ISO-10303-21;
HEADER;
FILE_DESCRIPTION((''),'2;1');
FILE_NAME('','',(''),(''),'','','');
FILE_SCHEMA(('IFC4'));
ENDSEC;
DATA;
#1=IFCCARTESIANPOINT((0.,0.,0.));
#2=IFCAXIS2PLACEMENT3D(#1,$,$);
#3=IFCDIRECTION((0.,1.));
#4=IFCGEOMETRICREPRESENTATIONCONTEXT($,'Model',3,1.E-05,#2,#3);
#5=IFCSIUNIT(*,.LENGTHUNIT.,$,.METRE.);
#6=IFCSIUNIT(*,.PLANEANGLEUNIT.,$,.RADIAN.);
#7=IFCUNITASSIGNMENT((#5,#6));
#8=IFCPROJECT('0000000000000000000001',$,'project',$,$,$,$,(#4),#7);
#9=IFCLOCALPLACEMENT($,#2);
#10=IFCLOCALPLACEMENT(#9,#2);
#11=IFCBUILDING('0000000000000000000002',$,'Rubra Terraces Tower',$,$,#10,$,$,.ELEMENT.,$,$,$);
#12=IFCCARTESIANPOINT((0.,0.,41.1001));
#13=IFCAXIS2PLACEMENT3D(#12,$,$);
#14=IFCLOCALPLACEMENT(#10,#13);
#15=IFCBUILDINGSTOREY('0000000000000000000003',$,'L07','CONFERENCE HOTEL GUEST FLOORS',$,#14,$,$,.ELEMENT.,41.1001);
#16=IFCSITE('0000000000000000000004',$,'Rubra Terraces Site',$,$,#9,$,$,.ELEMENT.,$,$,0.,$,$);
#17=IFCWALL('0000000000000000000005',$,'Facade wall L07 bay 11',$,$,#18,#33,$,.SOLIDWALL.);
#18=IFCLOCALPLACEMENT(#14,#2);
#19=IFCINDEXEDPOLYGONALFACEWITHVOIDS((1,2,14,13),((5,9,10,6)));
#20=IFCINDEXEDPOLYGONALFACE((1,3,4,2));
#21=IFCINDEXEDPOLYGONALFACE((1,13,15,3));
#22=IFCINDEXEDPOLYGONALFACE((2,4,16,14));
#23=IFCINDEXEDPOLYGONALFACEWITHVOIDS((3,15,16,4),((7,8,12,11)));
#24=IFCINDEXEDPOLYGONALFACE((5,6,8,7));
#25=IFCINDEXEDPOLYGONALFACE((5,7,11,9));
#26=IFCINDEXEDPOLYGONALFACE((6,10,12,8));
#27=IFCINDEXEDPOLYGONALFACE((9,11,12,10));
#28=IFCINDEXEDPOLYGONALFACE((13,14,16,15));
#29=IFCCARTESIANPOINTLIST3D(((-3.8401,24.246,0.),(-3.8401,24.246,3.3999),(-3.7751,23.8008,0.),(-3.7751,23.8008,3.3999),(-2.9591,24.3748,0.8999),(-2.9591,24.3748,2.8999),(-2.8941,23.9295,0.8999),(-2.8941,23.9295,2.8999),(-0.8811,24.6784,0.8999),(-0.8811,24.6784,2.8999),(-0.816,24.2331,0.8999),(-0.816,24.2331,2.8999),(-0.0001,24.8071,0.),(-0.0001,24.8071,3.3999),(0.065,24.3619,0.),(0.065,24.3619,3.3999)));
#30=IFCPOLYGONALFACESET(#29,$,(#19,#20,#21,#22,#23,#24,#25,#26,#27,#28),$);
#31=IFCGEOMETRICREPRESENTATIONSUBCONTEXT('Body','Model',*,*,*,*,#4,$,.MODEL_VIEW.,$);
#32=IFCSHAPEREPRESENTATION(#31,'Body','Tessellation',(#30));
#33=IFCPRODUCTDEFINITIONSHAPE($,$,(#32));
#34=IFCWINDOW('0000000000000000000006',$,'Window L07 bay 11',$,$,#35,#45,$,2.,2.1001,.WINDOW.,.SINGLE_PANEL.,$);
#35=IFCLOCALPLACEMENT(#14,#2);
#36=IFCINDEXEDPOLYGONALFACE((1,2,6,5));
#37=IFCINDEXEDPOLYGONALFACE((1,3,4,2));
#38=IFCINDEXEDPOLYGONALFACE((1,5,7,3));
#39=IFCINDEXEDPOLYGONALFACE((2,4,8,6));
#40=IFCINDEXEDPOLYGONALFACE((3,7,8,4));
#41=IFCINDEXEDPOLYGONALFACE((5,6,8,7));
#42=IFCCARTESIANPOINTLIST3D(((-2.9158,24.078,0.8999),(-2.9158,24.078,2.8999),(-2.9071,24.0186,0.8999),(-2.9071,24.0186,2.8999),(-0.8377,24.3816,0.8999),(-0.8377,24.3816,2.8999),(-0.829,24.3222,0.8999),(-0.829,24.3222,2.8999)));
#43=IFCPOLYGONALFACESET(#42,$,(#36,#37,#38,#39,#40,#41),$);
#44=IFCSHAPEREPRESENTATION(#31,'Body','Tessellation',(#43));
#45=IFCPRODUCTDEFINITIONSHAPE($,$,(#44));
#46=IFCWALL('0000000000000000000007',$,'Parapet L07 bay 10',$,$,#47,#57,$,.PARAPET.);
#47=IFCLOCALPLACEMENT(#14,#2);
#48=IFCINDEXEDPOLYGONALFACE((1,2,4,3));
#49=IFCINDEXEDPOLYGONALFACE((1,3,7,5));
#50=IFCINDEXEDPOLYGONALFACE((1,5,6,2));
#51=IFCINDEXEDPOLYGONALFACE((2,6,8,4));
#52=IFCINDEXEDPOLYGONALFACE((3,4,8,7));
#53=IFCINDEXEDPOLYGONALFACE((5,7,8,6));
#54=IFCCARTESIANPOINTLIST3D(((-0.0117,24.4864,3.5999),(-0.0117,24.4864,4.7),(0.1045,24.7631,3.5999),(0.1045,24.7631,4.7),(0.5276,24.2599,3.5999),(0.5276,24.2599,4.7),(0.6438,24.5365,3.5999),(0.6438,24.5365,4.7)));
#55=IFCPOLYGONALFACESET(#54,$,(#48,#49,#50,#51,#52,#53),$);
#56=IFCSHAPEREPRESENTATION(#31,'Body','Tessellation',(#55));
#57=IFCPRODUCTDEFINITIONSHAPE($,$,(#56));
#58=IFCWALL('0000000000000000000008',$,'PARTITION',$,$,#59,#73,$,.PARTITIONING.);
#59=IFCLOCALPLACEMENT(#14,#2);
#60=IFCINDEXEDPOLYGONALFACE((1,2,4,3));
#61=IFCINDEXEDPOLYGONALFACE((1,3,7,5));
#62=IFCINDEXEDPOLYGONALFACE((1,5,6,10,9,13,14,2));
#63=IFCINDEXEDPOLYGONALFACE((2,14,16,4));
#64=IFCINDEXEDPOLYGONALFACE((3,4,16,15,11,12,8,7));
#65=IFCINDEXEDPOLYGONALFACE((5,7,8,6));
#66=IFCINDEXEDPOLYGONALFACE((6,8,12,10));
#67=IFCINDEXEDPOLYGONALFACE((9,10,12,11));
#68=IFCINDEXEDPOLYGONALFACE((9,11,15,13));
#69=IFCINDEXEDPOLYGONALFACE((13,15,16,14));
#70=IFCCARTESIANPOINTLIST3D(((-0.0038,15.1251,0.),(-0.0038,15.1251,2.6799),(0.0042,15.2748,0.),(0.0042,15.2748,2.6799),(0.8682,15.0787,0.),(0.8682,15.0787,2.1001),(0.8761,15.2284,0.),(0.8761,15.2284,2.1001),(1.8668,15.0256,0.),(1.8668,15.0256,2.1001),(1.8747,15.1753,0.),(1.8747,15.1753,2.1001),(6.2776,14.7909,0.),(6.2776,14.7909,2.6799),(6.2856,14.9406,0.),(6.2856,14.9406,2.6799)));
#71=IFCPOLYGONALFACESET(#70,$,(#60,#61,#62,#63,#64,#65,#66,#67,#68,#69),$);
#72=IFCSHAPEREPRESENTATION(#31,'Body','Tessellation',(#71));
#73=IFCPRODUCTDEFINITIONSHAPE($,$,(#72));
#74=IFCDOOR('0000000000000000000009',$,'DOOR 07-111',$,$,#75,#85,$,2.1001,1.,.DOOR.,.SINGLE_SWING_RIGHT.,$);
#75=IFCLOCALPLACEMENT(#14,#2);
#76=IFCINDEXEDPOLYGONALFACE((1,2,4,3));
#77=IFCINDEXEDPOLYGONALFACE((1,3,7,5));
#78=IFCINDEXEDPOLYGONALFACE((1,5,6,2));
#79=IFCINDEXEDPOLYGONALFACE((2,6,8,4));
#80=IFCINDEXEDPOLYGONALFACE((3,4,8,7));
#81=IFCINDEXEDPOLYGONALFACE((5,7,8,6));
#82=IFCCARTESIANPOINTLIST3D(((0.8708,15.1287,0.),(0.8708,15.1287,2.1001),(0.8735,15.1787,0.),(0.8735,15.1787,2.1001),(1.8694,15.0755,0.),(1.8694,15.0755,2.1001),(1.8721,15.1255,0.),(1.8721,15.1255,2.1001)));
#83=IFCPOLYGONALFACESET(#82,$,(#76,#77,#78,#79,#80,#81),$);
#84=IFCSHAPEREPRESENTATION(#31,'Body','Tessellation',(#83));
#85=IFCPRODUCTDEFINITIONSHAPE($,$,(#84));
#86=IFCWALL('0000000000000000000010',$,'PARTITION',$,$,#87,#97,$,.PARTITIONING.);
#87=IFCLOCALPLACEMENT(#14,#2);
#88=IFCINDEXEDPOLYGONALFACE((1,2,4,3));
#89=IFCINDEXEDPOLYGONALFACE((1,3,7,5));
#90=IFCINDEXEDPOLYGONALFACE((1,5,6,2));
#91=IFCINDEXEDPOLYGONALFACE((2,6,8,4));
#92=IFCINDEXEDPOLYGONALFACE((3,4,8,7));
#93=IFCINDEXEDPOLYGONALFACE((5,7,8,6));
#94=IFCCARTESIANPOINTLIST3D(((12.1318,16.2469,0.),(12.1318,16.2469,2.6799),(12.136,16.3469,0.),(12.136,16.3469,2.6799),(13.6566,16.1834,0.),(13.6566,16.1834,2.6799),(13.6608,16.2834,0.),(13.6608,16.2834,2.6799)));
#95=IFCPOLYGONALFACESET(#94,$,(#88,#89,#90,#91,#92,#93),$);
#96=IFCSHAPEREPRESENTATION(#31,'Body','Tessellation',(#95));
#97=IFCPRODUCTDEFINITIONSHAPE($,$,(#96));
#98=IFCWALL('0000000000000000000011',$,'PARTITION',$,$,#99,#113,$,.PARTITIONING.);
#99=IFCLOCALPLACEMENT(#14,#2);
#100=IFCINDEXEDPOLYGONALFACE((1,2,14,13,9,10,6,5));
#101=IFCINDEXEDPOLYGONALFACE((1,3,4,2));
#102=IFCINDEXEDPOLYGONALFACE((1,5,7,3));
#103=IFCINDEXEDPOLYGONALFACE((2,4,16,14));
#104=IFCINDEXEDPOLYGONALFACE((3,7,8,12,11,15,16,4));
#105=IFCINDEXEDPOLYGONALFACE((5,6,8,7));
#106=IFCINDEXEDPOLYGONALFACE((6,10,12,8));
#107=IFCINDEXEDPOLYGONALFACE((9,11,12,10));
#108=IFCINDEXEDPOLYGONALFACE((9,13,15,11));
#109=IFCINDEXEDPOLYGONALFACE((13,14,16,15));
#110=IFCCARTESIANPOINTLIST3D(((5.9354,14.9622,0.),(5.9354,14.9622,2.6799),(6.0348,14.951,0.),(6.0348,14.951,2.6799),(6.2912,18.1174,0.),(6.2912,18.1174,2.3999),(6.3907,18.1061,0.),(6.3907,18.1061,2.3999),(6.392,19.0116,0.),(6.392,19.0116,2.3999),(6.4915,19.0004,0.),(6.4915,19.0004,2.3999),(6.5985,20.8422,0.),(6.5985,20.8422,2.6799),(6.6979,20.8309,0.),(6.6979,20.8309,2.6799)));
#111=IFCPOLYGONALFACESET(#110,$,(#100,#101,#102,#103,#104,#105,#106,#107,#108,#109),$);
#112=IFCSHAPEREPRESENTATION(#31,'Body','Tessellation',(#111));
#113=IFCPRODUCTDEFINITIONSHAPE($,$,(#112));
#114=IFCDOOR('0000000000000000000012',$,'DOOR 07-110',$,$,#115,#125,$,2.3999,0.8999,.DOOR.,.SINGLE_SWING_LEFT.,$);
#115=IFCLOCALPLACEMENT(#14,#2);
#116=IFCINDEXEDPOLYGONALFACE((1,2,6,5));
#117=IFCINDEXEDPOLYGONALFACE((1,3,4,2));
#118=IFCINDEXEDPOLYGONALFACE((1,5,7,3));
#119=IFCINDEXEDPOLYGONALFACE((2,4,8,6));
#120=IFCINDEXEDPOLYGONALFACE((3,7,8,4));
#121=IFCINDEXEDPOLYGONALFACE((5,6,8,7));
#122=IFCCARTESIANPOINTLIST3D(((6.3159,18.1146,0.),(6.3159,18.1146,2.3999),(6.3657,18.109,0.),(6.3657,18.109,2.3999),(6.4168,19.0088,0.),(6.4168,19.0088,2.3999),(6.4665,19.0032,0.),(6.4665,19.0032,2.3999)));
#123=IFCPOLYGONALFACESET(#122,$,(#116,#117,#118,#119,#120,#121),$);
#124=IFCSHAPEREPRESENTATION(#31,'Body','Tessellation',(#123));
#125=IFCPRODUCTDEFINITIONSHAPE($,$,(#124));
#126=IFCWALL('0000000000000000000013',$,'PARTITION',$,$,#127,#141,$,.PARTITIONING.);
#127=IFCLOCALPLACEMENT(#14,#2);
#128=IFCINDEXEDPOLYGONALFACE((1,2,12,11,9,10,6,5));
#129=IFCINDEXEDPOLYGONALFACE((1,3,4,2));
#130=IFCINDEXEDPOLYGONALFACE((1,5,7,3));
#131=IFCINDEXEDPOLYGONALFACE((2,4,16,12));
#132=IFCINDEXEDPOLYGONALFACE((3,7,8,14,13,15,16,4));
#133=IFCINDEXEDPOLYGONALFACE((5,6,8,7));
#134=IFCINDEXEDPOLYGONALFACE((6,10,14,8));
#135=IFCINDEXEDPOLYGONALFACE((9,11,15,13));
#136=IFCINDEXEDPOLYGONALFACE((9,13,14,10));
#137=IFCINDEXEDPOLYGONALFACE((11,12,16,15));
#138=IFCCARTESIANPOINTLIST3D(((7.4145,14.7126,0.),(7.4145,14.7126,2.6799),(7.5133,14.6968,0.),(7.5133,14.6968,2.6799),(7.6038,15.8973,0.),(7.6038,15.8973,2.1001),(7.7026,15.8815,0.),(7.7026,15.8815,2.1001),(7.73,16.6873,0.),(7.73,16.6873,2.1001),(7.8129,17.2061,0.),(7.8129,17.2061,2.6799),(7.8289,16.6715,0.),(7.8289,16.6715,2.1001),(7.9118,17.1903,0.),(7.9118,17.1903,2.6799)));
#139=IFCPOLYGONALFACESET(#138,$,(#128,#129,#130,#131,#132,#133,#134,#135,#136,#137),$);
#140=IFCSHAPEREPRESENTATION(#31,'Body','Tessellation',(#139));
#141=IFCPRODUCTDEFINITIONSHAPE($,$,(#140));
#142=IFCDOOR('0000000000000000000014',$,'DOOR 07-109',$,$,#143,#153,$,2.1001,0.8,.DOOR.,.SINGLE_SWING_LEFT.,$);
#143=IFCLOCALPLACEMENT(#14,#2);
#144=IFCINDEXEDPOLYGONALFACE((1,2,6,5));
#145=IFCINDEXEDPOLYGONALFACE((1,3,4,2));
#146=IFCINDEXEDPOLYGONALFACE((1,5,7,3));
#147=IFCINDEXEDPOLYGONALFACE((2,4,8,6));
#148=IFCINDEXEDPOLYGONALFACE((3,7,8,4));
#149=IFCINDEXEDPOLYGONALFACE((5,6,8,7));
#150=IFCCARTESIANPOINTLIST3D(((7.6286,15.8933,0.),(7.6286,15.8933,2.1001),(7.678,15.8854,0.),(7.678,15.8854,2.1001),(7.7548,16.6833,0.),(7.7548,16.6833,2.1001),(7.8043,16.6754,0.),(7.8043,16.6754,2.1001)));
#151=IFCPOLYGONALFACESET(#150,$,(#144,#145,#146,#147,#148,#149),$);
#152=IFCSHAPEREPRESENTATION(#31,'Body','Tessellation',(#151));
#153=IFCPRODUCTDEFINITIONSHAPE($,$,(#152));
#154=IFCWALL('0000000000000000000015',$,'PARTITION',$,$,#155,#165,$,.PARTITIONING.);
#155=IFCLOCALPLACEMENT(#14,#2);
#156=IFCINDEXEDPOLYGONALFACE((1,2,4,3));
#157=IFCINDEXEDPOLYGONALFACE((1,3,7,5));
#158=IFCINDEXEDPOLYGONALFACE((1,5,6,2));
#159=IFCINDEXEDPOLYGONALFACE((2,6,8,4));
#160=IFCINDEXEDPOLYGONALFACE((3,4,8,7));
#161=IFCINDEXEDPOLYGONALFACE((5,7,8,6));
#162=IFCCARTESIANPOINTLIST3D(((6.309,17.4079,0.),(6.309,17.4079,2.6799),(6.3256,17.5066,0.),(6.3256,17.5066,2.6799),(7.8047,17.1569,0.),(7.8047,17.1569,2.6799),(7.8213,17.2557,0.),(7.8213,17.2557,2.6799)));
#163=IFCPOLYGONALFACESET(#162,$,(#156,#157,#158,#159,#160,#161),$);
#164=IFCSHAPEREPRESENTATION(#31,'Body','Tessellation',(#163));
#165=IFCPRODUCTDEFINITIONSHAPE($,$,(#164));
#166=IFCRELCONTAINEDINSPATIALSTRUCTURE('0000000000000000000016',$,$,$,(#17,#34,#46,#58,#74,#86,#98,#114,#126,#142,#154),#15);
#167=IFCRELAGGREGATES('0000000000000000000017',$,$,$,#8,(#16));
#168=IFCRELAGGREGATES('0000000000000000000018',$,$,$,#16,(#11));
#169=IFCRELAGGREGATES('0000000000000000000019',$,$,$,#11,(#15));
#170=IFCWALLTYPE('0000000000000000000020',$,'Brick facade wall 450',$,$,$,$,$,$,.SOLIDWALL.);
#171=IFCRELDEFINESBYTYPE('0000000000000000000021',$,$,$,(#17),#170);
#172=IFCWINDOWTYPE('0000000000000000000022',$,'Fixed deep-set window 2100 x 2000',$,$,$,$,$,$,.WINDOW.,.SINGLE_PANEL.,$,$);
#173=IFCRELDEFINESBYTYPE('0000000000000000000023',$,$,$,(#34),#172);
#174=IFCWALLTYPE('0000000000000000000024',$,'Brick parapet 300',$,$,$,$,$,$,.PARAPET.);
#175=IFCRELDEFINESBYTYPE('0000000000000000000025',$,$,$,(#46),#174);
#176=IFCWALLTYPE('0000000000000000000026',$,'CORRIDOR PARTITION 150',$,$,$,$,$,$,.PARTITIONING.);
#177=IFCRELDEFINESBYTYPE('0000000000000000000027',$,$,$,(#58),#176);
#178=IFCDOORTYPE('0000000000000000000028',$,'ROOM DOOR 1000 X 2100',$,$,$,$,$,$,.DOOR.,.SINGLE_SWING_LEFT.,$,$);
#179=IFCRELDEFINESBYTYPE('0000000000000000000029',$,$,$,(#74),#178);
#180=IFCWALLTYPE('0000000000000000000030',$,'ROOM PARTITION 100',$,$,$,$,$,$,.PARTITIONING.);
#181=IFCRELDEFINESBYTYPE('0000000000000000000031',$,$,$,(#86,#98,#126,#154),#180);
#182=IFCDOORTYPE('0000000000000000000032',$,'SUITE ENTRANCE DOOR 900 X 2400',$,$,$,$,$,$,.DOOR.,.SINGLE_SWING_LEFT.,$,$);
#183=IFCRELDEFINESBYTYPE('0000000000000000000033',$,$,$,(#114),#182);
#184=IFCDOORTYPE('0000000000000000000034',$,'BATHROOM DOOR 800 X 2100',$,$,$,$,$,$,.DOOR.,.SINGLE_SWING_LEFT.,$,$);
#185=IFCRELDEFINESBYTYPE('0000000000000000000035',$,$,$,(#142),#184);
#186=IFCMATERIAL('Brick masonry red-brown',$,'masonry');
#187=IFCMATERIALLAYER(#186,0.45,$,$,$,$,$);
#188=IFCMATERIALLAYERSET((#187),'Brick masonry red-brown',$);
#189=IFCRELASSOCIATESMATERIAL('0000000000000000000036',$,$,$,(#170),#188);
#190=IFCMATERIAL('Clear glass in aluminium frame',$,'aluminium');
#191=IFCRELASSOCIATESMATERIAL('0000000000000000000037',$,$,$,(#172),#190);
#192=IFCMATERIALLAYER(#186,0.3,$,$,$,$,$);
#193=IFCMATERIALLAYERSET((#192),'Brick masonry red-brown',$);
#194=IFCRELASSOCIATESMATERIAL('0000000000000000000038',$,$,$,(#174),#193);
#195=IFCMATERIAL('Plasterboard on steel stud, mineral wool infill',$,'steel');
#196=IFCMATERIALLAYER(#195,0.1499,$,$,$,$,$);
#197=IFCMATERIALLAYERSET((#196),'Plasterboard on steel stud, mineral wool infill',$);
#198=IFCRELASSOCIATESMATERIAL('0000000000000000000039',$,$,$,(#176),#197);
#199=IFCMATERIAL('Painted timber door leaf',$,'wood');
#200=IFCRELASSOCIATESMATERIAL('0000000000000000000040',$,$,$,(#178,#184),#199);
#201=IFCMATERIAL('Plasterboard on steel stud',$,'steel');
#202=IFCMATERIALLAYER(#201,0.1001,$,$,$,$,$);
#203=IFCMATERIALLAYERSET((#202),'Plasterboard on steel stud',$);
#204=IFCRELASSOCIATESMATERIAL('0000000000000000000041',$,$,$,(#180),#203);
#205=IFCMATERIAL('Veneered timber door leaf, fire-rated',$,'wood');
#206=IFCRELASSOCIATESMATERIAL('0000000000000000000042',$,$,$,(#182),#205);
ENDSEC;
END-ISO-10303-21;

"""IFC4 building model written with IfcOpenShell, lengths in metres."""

from ifc_helpers import new_model, si_unit, direction, frame, frame_2d, origin, place, context, subcontext, project, spatial, rectangle, extrude, material, layer, layer_set, type_object, element, fill, save


model = new_model("IFC4")

# Units and contexts
model_context = context("Model", 3, precision=1e-05, world=origin(), true_north=direction((0.0, 1.0)))
body_context = subcontext(model_context, "Body", "Model", "MODEL_VIEW")
ifc_project = project(units=[si_unit("LENGTHUNIT", "METRE"), si_unit("PLANEANGLEUNIT", "RADIAN")], contexts=[model_context])

# Site, building, storey
site_placement = place(None, origin())
site = spatial("IfcSite", under=ifc_project, at=site_placement, Name="Rubra Terraces Site", CompositionType="ELEMENT", RefElevation=0.0)
building_placement = place(site_placement, origin())
building = spatial("IfcBuilding", under=site, at=building_placement, Name="Rubra Terraces Tower", CompositionType="ELEMENT")
storey_placement = place(building_placement, frame((0.0, 0.0, 41.1001)))
storey = spatial("IfcBuildingStorey", under=building, at=storey_placement, Name="L07", Description="CONFERENCE HOTEL GUEST FLOORS", CompositionType="ELEMENT", Elevation=41.1001)

# Wall, opening, window
ifc_material_1 = material(Name="Brick masonry red-brown", Category="masonry")
ifc_layer_1 = layer(ifc_material_1, 0.45)
ifc_layer_set_1 = layer_set([ifc_layer_1], Name="Brick masonry red-brown")
wall_type_1 = type_object("IfcWallType", Name="Brick facade wall 450", PredefinedType="SOLIDWALL", material=ifc_layer_set_1)
ifc_material_2 = material(Name="Clear glass in aluminium frame", Category="aluminium")
window_type_1 = type_object("IfcWindowType", Name="Fixed deep-set window 2100 x 2000", PartitioningType="SINGLE_PANEL", PredefinedType="WINDOW", material=ifc_material_2)
wall_1_placement = place(storey_placement, frame((0.0325, 24.5845, 0.0), z_axis=(0.0, 0.0, 1.0), x_axis=(-0.989495, -0.144565, 0.0)))
wall_1 = element("IfcWall", 1, at=wall_1_placement, inside=storey, type_object=wall_type_1, Name="Facade wall L07 bay 11", PredefinedType="SOLIDWALL", context=body_context, shape_type="SweptSolid", body=[
    extrude(rectangle(XDim=3.8809, YDim=0.45, at=frame_2d((1.9404, 0.0))), origin(), (0.0, 0.0, 1.0), 3.3999),
])
opening_1_placement = place(wall_1_placement, frame((0.8904, 0.0, 0.8999)))
opening_1 = element("IfcOpeningElement", 2, at=opening_1_placement, cuts=wall_1, PredefinedType="OPENING", context=body_context, shape_type="SweptSolid", body=[
    extrude(rectangle(XDim=2.1001, YDim=2.0, at=frame_2d((1.05, 1.0))), frame((0.0, 0.2349, 0.0), z_axis=(0.0, -1.0, 0.0), x_axis=(1.0, 0.0, 0.0)), (0.0, 0.0, 1.0), 0.47),
])
window_1_placement = place(opening_1_placement, origin())
window_1 = element("IfcWindow", 3, at=window_1_placement, inside=storey, type_object=window_type_1, Name="Window L07 bay 11", OverallHeight=2.0, OverallWidth=2.1001, PartitioningType="SINGLE_PANEL", PredefinedType="WINDOW", context=body_context, shape_type="SweptSolid", body=[
    extrude(rectangle(XDim=2.1001, YDim=2.0, at=frame_2d((1.05, 1.0))), frame((0.0, 0.135, 0.0), z_axis=(0.0, -1.0, 0.0), x_axis=(1.0, 0.0, 0.0)), (0.0, 0.0, 1.0), 0.0601),
])
fill(opening_1, window_1)

# Wall
ifc_layer_2 = layer(ifc_material_1, 0.3)
ifc_layer_set_2 = layer_set([ifc_layer_2], Name="Brick masonry red-brown")
wall_type_2 = type_object("IfcWallType", Name="Brick parapet 300", PredefinedType="PARAPET", material=ifc_layer_set_2)
wall_2_placement = place(storey_placement, frame((0.5857, 24.3982, 3.5999), z_axis=(0.0, 0.0, 1.0), x_axis=(-0.921949, 0.387311, 0.0)))
element("IfcWall", 4, at=wall_2_placement, inside=storey, type_object=wall_type_2, Name="Parapet L07 bay 10", PredefinedType="PARAPET", context=body_context, shape_type="SweptSolid", body=[
    extrude(rectangle(XDim=0.585, YDim=0.3, at=frame_2d((0.2925, 0.0))), origin(), (0.0, 0.0, 1.0), 1.1001),
])

# Wall, opening, door
ifc_material_3 = material(Name="Plasterboard on steel stud, mineral wool infill", Category="steel")
ifc_layer_3 = layer(ifc_material_3, 0.1499)
ifc_layer_set_3 = layer_set([ifc_layer_3], Name="Plasterboard on steel stud, mineral wool infill")
wall_type_3 = type_object("IfcWallType", Name="CORRIDOR PARTITION 150", PredefinedType="PARTITIONING", material=ifc_layer_set_3)
wall_3_placement = place(storey_placement, frame((6.2815, 14.8657, 0.0), z_axis=(0.0, 0.0, 1.0), x_axis=(-0.998587, 0.053133, 0.0)))
wall_3 = element("IfcWall", 5, at=wall_3_placement, inside=storey, type_object=wall_type_3, Name="PARTITION", PredefinedType="PARTITIONING", context=body_context, shape_type="SweptSolid", body=[
    extrude(rectangle(XDim=6.2903, YDim=0.1499, at=frame_2d((3.145, 0.0))), origin(), (0.0, 0.0, 1.0), 2.6799),
])
opening_2_placement = place(wall_3_placement, frame((4.417, 0.0, 0.0)))
opening_2 = element("IfcOpeningElement", 6, at=opening_2_placement, cuts=wall_3, PredefinedType="OPENING", context=body_context, shape_type="SweptSolid", body=[
    extrude(rectangle(XDim=1.0, YDim=2.1001, at=frame_2d((0.5, 1.05))), frame((0.0, 0.085, 0.0), z_axis=(0.0, -1.0, 0.0), x_axis=(1.0, 0.0, 0.0)), (0.0, 0.0, 1.0), 0.1699),
])
ifc_material_4 = material(Name="Painted timber door leaf", Category="wood")
door_type_1 = type_object("IfcDoorType", Name="ROOM DOOR 1000 X 2100", OperationType="SINGLE_SWING_LEFT", PredefinedType="DOOR", material=ifc_material_4)
door_1_placement = place(opening_2_placement, origin())
door_1 = element("IfcDoor", 7, at=door_1_placement, inside=storey, type_object=door_type_1, Name="DOOR 07-111", OperationType="SINGLE_SWING_RIGHT", OverallHeight=2.1001, OverallWidth=1.0, PredefinedType="DOOR", context=body_context, shape_type="SweptSolid", body=[
    extrude(rectangle(XDim=1.0, YDim=2.1001, at=frame_2d((0.5, 1.05))), frame((0.0, 0.0249, 0.0), z_axis=(0.0, -1.0, 0.0), x_axis=(1.0, 0.0, 0.0)), (0.0, 0.0, 1.0), 0.05),
])
fill(opening_2, door_1)

# Wall
ifc_material_5 = material(Name="Plasterboard on steel stud", Category="steel")
ifc_layer_4 = layer(ifc_material_5, 0.1001)
ifc_layer_set_4 = layer_set([ifc_layer_4], Name="Plasterboard on steel stud")
wall_type_4 = type_object("IfcWallType", Name="ROOM PARTITION 100", PredefinedType="PARTITIONING", material=ifc_layer_set_4)
wall_4_placement = place(storey_placement, frame((12.1338, 16.2969, 0.0), z_axis=(0.0, 0.0, 1.0), x_axis=(0.999135, -0.041591, 0.0)))
element("IfcWall", 8, at=wall_4_placement, inside=storey, type_object=wall_type_4, Name="PARTITION", PredefinedType="PARTITIONING", context=body_context, shape_type="SweptSolid", body=[
    extrude(rectangle(XDim=1.5261, YDim=0.1001, at=frame_2d((0.7632, 0.0))), origin(), (0.0, 0.0, 1.0), 2.6799),
])

# Walls, openings, doors
wall_5_placement = place(storey_placement, frame((6.6482, 20.8364, 0.0), z_axis=(0.0, 0.0, 1.0), x_axis=(-0.112062, -0.993701, 0.0)))
wall_5 = element("IfcWall", 9, at=wall_5_placement, inside=storey, type_object=wall_type_4, Name="PARTITION", PredefinedType="PARTITIONING", context=body_context, shape_type="SweptSolid", body=[
    extrude(rectangle(XDim=5.9172, YDim=0.1001, at=frame_2d((2.9585, 0.0))), origin(), (0.0, 0.0, 1.0), 2.6799),
])
opening_3_placement = place(wall_5_placement, frame((1.842, 0.0, 0.0)))
opening_3 = element("IfcOpeningElement", 10, at=opening_3_placement, cuts=wall_5, PredefinedType="OPENING", context=body_context, shape_type="SweptSolid", body=[
    extrude(rectangle(XDim=0.8999, YDim=2.3999, at=frame_2d((0.45, 1.2))), frame((0.0, 0.0601, 0.0), z_axis=(0.0, -1.0, 0.0), x_axis=(1.0, 0.0, 0.0)), (0.0, 0.0, 1.0), 0.1201),
])
ifc_material_6 = material(Name="Veneered timber door leaf, fire-rated", Category="wood")
door_type_2 = type_object("IfcDoorType", Name="SUITE ENTRANCE DOOR 900 X 2400", OperationType="SINGLE_SWING_LEFT", PredefinedType="DOOR", material=ifc_material_6)
door_2_placement = place(opening_3_placement, origin())
door_2 = element("IfcDoor", 11, at=door_2_placement, inside=storey, type_object=door_type_2, Name="DOOR 07-110", OperationType="SINGLE_SWING_LEFT", OverallHeight=2.3999, OverallWidth=0.8999, PredefinedType="DOOR", context=body_context, shape_type="SweptSolid", body=[
    extrude(rectangle(XDim=0.8999, YDim=2.3999, at=frame_2d((0.45, 1.2))), frame((0.0, 0.0249, 0.0), z_axis=(0.0, -1.0, 0.0), x_axis=(1.0, 0.0, 0.0)), (0.0, 0.0, 1.0), 0.05),
])
fill(opening_3, door_2)
wall_6_placement = place(storey_placement, frame((7.4639, 14.7046, 0.0), z_axis=(0.0, 0.0, 1.0), x_axis=(0.157794, 0.987472, 0.0)))
wall_6 = element("IfcWall", 12, at=wall_6_placement, inside=storey, type_object=wall_type_4, Name="PARTITION", PredefinedType="PARTITIONING", context=body_context, shape_type="SweptSolid", body=[
    extrude(rectangle(XDim=2.5251, YDim=0.1001, at=frame_2d((1.2627, 0.0))), origin(), (0.0, 0.0, 1.0), 2.6799),
])
opening_4_placement = place(wall_6_placement, frame((1.2, 0.0, 0.0)))
opening_4 = element("IfcOpeningElement", 13, at=opening_4_placement, cuts=wall_6, PredefinedType="OPENING", context=body_context, shape_type="SweptSolid", body=[
    extrude(rectangle(XDim=0.8, YDim=2.1001, at=frame_2d((0.3999, 1.05))), frame((0.0, 0.0601, 0.0), z_axis=(0.0, -1.0, 0.0), x_axis=(1.0, 0.0, 0.0)), (0.0, 0.0, 1.0), 0.1201),
])
door_type_3 = type_object("IfcDoorType", Name="BATHROOM DOOR 800 X 2100", OperationType="SINGLE_SWING_LEFT", PredefinedType="DOOR", material=ifc_material_4)
door_3_placement = place(opening_4_placement, origin())
door_3 = element("IfcDoor", 14, at=door_3_placement, inside=storey, type_object=door_type_3, Name="DOOR 07-109", OperationType="SINGLE_SWING_LEFT", OverallHeight=2.1001, OverallWidth=0.8, PredefinedType="DOOR", context=body_context, shape_type="SweptSolid", body=[
    extrude(rectangle(XDim=0.8, YDim=2.1001, at=frame_2d((0.3999, 1.05))), frame((0.0, 0.0249, 0.0), z_axis=(0.0, -1.0, 0.0), x_axis=(1.0, 0.0, 0.0)), (0.0, 0.0, 1.0), 0.05),
])
fill(opening_4, door_3)

# Wall
wall_7_placement = place(storey_placement, frame((7.813, 17.2063, 0.0), z_axis=(0.0, 0.0, 1.0), x_axis=(-0.986211, 0.165495, 0.0)))
element("IfcWall", 15, at=wall_7_placement, inside=storey, type_object=wall_type_4, Name="PARTITION", PredefinedType="PARTITIONING", context=body_context, shape_type="SweptSolid", body=[
    extrude(rectangle(XDim=1.5166, YDim=0.1001, at=frame_2d((0.7583, 0.0))), origin(), (0.0, 0.0, 1.0), 2.6799),
])

save(model, "model.ifc")
